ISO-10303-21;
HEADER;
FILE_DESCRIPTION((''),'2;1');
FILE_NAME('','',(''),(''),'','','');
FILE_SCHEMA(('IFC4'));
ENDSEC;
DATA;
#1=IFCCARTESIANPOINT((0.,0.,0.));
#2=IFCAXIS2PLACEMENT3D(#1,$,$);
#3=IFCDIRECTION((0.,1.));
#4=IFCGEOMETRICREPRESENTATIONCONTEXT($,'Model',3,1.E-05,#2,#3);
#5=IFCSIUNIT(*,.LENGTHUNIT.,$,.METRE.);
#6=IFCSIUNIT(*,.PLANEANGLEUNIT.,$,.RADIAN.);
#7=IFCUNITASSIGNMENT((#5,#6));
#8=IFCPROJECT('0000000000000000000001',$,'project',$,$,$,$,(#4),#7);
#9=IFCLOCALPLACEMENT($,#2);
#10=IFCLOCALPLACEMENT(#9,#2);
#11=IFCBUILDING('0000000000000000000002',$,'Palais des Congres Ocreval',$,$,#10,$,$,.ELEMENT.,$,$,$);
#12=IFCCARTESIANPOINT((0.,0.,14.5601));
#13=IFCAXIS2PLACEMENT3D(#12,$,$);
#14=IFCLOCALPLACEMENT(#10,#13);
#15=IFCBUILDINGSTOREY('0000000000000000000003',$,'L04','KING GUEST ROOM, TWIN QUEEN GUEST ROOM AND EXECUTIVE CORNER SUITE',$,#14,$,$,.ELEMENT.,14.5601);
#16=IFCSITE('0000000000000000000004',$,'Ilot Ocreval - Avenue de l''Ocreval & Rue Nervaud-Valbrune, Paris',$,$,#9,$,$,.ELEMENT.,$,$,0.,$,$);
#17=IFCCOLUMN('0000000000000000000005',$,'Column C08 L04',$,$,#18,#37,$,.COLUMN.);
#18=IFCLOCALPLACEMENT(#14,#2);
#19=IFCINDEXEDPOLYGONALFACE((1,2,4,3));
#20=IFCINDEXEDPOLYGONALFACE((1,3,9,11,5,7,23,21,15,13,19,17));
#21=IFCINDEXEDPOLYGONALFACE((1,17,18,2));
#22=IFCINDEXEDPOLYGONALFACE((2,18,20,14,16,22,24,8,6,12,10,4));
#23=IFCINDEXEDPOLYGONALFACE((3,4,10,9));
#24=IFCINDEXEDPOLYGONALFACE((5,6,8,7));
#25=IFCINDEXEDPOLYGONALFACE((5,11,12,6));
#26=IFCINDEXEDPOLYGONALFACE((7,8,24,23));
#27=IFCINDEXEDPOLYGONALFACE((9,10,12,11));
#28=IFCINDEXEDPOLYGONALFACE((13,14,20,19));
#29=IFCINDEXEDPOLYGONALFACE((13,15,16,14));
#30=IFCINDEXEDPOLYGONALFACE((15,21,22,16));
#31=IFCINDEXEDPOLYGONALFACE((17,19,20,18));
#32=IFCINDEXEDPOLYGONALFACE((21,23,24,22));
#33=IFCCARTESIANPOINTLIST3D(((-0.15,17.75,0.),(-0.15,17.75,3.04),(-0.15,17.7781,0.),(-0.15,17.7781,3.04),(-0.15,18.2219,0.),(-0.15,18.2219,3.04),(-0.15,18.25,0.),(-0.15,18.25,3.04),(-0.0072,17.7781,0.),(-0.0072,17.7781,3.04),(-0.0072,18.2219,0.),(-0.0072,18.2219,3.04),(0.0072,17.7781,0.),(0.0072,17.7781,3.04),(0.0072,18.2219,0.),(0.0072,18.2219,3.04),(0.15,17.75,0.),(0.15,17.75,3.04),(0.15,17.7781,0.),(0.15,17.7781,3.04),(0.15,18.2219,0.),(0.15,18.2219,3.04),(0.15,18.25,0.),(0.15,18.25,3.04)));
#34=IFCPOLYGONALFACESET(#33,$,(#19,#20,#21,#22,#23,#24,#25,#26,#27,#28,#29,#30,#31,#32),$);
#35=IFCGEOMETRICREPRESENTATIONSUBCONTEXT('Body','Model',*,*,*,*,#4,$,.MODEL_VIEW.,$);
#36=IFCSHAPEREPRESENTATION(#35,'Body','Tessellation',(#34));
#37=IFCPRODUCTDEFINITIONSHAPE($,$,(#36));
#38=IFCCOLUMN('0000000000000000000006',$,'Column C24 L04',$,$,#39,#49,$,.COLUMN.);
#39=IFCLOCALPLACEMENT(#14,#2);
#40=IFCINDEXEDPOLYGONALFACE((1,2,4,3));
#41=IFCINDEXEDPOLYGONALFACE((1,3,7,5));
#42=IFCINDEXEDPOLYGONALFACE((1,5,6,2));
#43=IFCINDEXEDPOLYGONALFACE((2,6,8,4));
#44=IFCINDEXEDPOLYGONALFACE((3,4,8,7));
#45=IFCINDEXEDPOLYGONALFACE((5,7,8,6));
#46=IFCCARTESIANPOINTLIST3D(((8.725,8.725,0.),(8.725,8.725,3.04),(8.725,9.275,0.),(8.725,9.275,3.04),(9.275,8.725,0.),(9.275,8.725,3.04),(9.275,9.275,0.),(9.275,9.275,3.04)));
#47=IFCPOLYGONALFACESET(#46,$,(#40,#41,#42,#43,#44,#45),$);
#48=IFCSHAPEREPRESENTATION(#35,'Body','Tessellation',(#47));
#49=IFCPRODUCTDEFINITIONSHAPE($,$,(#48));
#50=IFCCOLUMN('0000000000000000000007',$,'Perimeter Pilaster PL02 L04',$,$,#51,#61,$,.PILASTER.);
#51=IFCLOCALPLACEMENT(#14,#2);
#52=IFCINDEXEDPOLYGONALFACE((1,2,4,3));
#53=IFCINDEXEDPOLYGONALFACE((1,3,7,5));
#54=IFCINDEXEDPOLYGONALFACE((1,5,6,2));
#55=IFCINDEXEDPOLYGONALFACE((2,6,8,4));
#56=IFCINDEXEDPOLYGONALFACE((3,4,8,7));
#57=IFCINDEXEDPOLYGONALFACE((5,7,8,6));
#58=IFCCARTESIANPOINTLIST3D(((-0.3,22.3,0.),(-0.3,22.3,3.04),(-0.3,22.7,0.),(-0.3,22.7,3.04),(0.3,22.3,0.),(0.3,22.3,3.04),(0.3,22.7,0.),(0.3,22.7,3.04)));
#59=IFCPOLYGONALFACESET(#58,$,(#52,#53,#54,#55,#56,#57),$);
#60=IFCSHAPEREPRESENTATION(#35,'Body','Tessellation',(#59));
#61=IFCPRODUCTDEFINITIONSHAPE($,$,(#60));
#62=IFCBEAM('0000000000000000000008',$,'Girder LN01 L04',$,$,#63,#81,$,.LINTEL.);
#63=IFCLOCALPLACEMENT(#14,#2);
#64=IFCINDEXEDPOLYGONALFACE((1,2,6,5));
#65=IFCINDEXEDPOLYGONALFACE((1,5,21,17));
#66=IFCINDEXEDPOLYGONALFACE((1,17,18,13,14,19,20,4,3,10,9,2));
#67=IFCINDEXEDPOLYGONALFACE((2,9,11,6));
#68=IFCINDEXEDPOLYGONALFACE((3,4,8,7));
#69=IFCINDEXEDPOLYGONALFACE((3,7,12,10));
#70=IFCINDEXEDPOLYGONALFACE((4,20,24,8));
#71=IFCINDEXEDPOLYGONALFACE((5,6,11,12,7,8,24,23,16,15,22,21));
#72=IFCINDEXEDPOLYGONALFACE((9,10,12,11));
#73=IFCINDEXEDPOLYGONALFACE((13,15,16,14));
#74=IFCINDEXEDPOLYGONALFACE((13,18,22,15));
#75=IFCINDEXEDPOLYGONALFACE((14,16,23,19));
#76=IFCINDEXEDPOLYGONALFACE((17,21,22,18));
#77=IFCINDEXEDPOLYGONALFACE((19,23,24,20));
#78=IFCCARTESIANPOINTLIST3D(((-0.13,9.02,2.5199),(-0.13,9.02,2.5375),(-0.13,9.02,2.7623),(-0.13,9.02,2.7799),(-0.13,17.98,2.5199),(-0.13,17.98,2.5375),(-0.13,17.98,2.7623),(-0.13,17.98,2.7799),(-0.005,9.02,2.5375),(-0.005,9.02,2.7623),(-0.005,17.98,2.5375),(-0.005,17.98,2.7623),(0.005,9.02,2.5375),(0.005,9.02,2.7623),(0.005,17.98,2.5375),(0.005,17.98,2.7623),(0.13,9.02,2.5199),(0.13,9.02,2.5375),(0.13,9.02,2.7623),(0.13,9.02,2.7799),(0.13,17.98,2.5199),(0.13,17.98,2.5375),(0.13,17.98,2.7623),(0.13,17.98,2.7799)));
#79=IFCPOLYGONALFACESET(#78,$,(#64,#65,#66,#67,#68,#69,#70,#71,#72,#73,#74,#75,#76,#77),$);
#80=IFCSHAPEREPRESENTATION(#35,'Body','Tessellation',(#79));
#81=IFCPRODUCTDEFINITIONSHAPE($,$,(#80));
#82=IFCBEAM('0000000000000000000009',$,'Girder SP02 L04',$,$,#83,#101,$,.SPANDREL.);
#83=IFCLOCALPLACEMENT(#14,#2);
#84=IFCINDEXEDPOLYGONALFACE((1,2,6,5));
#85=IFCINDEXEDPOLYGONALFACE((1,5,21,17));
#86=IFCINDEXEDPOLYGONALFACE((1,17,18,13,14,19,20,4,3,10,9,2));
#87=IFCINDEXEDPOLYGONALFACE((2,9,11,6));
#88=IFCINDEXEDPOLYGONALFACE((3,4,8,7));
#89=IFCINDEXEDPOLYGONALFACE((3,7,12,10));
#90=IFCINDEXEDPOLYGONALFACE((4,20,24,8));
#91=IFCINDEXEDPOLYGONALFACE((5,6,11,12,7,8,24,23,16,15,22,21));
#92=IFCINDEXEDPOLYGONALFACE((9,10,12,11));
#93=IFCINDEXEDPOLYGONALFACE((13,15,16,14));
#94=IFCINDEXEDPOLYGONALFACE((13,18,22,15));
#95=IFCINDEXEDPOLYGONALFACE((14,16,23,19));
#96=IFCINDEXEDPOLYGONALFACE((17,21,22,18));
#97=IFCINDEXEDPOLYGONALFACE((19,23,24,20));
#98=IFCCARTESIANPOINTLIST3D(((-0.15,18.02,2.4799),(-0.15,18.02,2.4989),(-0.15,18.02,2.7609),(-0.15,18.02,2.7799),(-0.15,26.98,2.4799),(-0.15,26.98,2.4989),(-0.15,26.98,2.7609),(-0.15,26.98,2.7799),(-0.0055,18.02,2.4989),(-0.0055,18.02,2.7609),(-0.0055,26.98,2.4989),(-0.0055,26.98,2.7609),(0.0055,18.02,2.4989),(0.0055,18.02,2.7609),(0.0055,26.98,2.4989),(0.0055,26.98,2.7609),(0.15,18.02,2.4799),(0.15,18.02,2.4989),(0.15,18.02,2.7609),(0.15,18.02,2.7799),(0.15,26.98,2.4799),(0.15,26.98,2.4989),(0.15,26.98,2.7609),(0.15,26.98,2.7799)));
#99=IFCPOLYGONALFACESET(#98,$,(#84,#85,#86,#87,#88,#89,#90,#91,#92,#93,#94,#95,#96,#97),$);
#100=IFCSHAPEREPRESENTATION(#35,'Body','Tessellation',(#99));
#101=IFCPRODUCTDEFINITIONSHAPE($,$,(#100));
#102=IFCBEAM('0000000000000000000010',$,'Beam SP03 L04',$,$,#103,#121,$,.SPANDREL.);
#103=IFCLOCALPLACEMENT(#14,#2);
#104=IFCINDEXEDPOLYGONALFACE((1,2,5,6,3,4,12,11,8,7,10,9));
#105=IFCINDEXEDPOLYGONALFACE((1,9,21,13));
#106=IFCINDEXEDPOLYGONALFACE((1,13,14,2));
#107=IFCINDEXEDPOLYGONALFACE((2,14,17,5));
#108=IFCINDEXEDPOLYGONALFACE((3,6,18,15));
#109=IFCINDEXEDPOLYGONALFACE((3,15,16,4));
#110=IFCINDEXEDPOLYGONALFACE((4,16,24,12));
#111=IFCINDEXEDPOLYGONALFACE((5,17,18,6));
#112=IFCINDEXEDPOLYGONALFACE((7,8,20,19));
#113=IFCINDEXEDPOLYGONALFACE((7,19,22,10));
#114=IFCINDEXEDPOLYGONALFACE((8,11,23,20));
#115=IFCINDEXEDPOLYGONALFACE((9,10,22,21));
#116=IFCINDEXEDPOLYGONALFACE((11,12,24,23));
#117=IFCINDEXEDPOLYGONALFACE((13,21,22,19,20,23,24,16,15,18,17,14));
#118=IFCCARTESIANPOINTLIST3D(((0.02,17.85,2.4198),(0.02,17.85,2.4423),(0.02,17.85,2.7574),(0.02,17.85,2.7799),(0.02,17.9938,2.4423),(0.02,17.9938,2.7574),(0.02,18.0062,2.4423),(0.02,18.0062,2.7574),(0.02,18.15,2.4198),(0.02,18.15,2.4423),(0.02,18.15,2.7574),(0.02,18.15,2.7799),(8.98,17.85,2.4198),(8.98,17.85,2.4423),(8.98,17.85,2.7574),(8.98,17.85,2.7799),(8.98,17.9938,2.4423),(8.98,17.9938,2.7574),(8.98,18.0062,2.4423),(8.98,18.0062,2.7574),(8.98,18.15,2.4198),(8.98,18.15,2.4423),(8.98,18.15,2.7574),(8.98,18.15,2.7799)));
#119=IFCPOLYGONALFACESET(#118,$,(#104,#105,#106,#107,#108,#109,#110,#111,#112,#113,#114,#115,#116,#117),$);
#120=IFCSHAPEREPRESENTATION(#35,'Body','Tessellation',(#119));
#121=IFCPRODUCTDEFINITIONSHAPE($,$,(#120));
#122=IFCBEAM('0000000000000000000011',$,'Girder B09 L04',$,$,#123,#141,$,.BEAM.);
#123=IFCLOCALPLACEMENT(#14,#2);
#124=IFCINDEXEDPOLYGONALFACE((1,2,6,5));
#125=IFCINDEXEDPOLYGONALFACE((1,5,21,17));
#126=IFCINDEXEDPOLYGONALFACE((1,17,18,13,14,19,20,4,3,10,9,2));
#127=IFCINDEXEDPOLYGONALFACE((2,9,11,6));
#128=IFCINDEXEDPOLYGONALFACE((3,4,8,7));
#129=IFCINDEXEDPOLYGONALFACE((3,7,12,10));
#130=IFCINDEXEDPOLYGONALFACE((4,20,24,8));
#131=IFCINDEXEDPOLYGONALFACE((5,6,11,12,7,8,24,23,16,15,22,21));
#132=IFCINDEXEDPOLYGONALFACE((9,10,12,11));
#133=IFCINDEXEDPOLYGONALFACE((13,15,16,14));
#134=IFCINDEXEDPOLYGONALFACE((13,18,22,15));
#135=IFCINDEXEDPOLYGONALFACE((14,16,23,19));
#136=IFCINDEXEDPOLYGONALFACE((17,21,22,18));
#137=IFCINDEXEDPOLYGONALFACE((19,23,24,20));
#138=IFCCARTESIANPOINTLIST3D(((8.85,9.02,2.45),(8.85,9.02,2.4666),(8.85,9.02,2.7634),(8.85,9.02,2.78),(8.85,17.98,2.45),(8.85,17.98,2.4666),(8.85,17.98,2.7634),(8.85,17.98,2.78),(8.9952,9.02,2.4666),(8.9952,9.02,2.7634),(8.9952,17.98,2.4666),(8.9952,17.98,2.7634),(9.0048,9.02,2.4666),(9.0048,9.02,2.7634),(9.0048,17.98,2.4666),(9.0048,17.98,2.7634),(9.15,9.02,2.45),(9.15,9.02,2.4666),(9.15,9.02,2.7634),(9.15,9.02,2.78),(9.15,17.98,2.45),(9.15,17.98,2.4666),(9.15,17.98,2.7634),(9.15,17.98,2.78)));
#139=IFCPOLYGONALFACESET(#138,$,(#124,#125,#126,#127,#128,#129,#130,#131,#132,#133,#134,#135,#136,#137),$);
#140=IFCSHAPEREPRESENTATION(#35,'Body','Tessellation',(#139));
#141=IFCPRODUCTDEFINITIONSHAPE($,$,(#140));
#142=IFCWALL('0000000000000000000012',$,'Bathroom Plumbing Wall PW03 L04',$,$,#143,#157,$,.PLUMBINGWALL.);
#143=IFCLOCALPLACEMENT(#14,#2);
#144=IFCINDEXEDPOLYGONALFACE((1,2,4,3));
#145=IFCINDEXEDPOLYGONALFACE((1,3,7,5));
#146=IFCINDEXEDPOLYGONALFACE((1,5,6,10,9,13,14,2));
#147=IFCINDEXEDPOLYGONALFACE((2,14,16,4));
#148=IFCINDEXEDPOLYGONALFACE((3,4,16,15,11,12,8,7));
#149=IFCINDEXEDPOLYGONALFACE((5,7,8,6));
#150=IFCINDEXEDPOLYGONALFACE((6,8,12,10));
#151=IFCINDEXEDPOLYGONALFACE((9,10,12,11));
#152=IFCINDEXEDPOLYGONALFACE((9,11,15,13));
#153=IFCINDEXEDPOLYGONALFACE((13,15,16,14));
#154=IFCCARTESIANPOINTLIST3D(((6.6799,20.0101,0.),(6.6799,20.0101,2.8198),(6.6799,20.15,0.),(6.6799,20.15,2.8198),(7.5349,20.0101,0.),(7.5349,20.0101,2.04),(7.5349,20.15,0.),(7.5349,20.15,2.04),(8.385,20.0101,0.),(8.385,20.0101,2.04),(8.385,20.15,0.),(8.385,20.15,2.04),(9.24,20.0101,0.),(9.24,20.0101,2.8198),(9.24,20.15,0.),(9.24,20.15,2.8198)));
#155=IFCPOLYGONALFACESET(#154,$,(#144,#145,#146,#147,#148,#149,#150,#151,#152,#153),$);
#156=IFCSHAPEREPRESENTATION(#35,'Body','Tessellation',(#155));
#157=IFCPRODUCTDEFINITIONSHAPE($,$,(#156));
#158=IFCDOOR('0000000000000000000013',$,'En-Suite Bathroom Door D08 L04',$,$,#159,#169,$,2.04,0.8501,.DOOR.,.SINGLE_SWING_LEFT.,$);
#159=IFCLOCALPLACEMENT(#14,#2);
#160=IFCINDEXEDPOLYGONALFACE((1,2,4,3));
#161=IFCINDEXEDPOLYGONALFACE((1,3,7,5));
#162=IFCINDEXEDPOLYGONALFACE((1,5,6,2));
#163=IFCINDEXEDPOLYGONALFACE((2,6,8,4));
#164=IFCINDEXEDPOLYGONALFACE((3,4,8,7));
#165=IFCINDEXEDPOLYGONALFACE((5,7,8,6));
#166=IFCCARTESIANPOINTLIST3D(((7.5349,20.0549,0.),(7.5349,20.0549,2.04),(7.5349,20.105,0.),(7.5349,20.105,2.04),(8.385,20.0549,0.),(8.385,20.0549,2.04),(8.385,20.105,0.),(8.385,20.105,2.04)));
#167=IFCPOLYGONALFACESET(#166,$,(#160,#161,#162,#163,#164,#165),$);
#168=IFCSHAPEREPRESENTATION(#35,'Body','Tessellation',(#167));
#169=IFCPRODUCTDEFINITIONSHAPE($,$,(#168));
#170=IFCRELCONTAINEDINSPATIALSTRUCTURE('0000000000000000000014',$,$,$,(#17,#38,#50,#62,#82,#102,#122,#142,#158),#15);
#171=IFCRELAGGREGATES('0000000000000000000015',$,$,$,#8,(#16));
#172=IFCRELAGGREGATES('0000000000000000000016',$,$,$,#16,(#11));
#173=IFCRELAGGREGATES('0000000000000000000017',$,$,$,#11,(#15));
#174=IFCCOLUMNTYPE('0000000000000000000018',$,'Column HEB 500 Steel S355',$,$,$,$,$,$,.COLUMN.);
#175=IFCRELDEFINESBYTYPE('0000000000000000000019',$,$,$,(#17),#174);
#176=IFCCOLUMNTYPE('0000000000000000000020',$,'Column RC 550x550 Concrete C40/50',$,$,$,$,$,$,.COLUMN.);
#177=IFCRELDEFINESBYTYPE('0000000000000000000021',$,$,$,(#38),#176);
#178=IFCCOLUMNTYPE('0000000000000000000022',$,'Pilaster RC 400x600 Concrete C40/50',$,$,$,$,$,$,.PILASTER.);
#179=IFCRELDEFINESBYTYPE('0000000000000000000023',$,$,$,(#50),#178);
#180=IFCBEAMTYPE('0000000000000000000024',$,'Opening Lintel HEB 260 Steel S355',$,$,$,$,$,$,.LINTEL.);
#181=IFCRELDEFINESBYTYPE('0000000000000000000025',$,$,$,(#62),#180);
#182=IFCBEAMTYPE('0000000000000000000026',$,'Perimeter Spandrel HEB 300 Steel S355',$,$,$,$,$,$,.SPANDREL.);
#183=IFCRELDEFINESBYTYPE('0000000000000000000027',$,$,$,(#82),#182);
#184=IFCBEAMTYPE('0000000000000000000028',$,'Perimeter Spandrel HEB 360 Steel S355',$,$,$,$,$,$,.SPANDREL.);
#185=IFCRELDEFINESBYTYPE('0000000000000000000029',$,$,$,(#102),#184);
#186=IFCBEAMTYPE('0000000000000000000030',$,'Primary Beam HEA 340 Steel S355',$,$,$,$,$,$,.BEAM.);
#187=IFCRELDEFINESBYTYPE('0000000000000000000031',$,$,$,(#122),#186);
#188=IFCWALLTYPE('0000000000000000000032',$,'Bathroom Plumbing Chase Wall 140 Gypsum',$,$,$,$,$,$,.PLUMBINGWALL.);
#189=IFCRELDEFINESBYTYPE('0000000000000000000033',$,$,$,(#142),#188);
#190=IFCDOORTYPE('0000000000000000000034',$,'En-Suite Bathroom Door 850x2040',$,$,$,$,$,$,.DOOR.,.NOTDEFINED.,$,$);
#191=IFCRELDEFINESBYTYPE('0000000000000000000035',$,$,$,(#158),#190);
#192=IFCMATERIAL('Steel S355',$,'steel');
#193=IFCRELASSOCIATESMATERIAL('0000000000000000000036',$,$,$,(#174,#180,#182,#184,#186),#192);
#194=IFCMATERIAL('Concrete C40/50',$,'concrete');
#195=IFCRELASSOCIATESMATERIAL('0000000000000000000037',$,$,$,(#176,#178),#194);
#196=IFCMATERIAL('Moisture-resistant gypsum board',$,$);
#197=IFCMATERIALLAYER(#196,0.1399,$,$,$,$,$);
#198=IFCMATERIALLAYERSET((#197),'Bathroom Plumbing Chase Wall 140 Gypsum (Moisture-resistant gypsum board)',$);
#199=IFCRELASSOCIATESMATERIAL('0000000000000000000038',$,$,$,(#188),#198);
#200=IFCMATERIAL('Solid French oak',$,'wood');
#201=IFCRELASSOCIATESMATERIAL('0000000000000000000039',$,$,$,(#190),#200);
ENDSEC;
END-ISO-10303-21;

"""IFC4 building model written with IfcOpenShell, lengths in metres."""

from ifc_helpers import new_model, si_unit, direction, frame, frame_2d, origin, origin_2d, place, context, subcontext, project, spatial, rectangle, i_section, extrude, material, layer, layer_set, material_profile, profile_set, type_object, element, fill, save


model = new_model("IFC4")

# Units and contexts
model_context = context("Model", 3, precision=1e-05, world=origin(), true_north=direction((0.0, 1.0)))
body_context = subcontext(model_context, "Body", "Model", "MODEL_VIEW")
ifc_project = project(units=[si_unit("LENGTHUNIT", "METRE"), si_unit("PLANEANGLEUNIT", "RADIAN")], contexts=[model_context])

# Site, building, storey
site_placement = place(None, origin())
site = spatial("IfcSite", under=ifc_project, at=site_placement, Name="Ilot Ocreval - Avenue de l'Ocreval & Rue Nervaud-Valbrune, Paris", CompositionType="ELEMENT", RefElevation=0.0)
building_placement = place(site_placement, origin())
building = spatial("IfcBuilding", under=site, at=building_placement, Name="Palais des Congres Ocreval", CompositionType="ELEMENT")
storey_placement = place(building_placement, frame((0.0, 0.0, 14.5601)))
storey = spatial("IfcBuildingStorey", under=building, at=storey_placement, Name="L04", Description="KING GUEST ROOM, TWIN QUEEN GUEST ROOM AND EXECUTIVE CORNER SUITE", CompositionType="ELEMENT", Elevation=14.5601)

# Columns
ifc_material_1 = material(Name="Steel S355", Category="steel")
ifc_material_profile_1 = material_profile(ifc_material_1, i_section(OverallWidth=0.3, OverallDepth=0.5, WebThickness=0.0144, FlangeThickness=0.0281, at=origin_2d()), Name="HEB 500")
ifc_profile_set_1 = profile_set([ifc_material_profile_1], Name="Steel S355")
column_type_1 = type_object("IfcColumnType", Name="Column HEB 500 Steel S355", PredefinedType="COLUMN", material=ifc_profile_set_1)
column_1_placement = place(storey_placement, frame((0.0, 18.0, 0.0), z_axis=(0.0, 0.0, 1.0), x_axis=(1.0, 0.0, 0.0)))
element("IfcColumn", 1, at=column_1_placement, inside=storey, type_object=column_type_1, Name="Column C08 L04", PredefinedType="COLUMN", context=body_context, shape_type="SweptSolid", body=[
    extrude(i_section(OverallWidth=0.3, OverallDepth=0.5, WebThickness=0.0144, FlangeThickness=0.0281, at=origin_2d()), origin(), (0.0, 0.0, 1.0), 3.04),
])
ifc_material_2 = material(Name="Concrete C40/50", Category="concrete")
ifc_material_profile_2 = material_profile(ifc_material_2, rectangle(XDim=0.55, YDim=0.55, at=origin_2d()), Name="RC 550x550")
ifc_profile_set_2 = profile_set([ifc_material_profile_2], Name="Concrete C40/50")
column_type_2 = type_object("IfcColumnType", Name="Column RC 550x550 Concrete C40/50", PredefinedType="COLUMN", material=ifc_profile_set_2)
column_2_placement = place(storey_placement, frame((9.0, 9.0, 0.0), z_axis=(0.0, 0.0, 1.0), x_axis=(1.0, 0.0, 0.0)))
element("IfcColumn", 2, at=column_2_placement, inside=storey, type_object=column_type_2, Name="Column C24 L04", PredefinedType="COLUMN", context=body_context, shape_type="SweptSolid", body=[
    extrude(rectangle(XDim=0.55, YDim=0.55, at=origin_2d()), origin(), (0.0, 0.0, 1.0), 3.04),
])
ifc_material_profile_3 = material_profile(ifc_material_2, rectangle(XDim=0.3999, YDim=0.6001, at=origin_2d()), Name="RC 400x600")
ifc_profile_set_3 = profile_set([ifc_material_profile_3], Name="Concrete C40/50")
column_type_3 = type_object("IfcColumnType", Name="Pilaster RC 400x600 Concrete C40/50", PredefinedType="PILASTER", material=ifc_profile_set_3)
column_3_placement = place(storey_placement, frame((0.0, 22.5, 0.0), z_axis=(0.0, 0.0, 1.0), x_axis=(0.0, 1.0, 0.0)))
element("IfcColumn", 3, at=column_3_placement, inside=storey, type_object=column_type_3, Name="Perimeter Pilaster PL02 L04", PredefinedType="PILASTER", context=body_context, shape_type="SweptSolid", body=[
    extrude(rectangle(XDim=0.3999, YDim=0.6001, at=origin_2d()), origin(), (0.0, 0.0, 1.0), 3.04),
])

# Beams
ifc_material_profile_4 = material_profile(ifc_material_1, i_section(OverallWidth=0.26, OverallDepth=0.26, WebThickness=0.01, FlangeThickness=0.0176, at=origin_2d()), Name="HEB 260")
ifc_profile_set_4 = profile_set([ifc_material_profile_4], Name="Steel S355")
beam_type_1 = type_object("IfcBeamType", Name="Opening Lintel HEB 260 Steel S355", PredefinedType="LINTEL", material=ifc_profile_set_4)
beam_1_placement = place(storey_placement, frame((0.0, 9.02, 2.6499), z_axis=(0.0, 1.0, 0.0), x_axis=(-1.0, 0.0, 0.0)))
element("IfcBeam", 4, at=beam_1_placement, inside=storey, type_object=beam_type_1, Name="Girder LN01 L04", PredefinedType="LINTEL", context=body_context, shape_type="SweptSolid", body=[
    extrude(i_section(OverallWidth=0.26, OverallDepth=0.26, WebThickness=0.01, FlangeThickness=0.0176, at=origin_2d()), origin(), (0.0, 0.0, 1.0), 8.96),
])
ifc_material_profile_5 = material_profile(ifc_material_1, i_section(OverallWidth=0.3, OverallDepth=0.3, WebThickness=0.011, FlangeThickness=0.019, at=origin_2d()), Name="HEB 300")
ifc_profile_set_5 = profile_set([ifc_material_profile_5], Name="Steel S355")
beam_type_2 = type_object("IfcBeamType", Name="Perimeter Spandrel HEB 300 Steel S355", PredefinedType="SPANDREL", material=ifc_profile_set_5)
beam_2_placement = place(storey_placement, frame((0.0, 18.02, 2.6299), z_axis=(0.0, 1.0, 0.0), x_axis=(-1.0, 0.0, 0.0)))
element("IfcBeam", 5, at=beam_2_placement, inside=storey, type_object=beam_type_2, Name="Girder SP02 L04", PredefinedType="SPANDREL", context=body_context, shape_type="SweptSolid", body=[
    extrude(i_section(OverallWidth=0.3, OverallDepth=0.3, WebThickness=0.011, FlangeThickness=0.019, at=origin_2d()), origin(), (0.0, 0.0, 1.0), 8.96),
])
ifc_material_profile_6 = material_profile(ifc_material_1, i_section(OverallWidth=0.3, OverallDepth=0.3601, WebThickness=0.0125, FlangeThickness=0.0225, at=origin_2d()), Name="HEB 360")
ifc_profile_set_6 = profile_set([ifc_material_profile_6], Name="Steel S355")
beam_type_3 = type_object("IfcBeamType", Name="Perimeter Spandrel HEB 360 Steel S355", PredefinedType="SPANDREL", material=ifc_profile_set_6)
beam_3_placement = place(storey_placement, frame((0.02, 18.0, 2.5999), z_axis=(1.0, 0.0, 0.0), x_axis=(0.0, 1.0, 0.0)))
element("IfcBeam", 6, at=beam_3_placement, inside=storey, type_object=beam_type_3, Name="Beam SP03 L04", PredefinedType="SPANDREL", context=body_context, shape_type="SweptSolid", body=[
    extrude(i_section(OverallWidth=0.3, OverallDepth=0.3601, WebThickness=0.0125, FlangeThickness=0.0225, at=origin_2d()), origin(), (0.0, 0.0, 1.0), 8.96),
])
ifc_material_profile_7 = material_profile(ifc_material_1, i_section(OverallWidth=0.3, OverallDepth=0.3301, WebThickness=0.0095, FlangeThickness=0.0166, at=origin_2d()), Name="HEA 340")
ifc_profile_set_7 = profile_set([ifc_material_profile_7], Name="Steel S355")
beam_type_4 = type_object("IfcBeamType", Name="Primary Beam HEA 340 Steel S355", PredefinedType="BEAM", material=ifc_profile_set_7)
beam_4_placement = place(storey_placement, frame((9.0, 9.02, 2.615), z_axis=(0.0, 1.0, 0.0), x_axis=(-1.0, 0.0, 0.0)))
element("IfcBeam", 7, at=beam_4_placement, inside=storey, type_object=beam_type_4, Name="Girder B09 L04", PredefinedType="BEAM", context=body_context, shape_type="SweptSolid", body=[
    extrude(i_section(OverallWidth=0.3, OverallDepth=0.3301, WebThickness=0.0095, FlangeThickness=0.0166, at=origin_2d()), origin(), (0.0, 0.0, 1.0), 8.96),
])

# Wall, opening, door
ifc_material_3 = material(Name="Moisture-resistant gypsum board")
ifc_layer_1 = layer(ifc_material_3, 0.1399)
ifc_layer_set_1 = layer_set([ifc_layer_1], Name="Bathroom Plumbing Chase Wall 140 Gypsum (Moisture-resistant gypsum board)")
wall_type_1 = type_object("IfcWallType", Name="Bathroom Plumbing Chase Wall 140 Gypsum", PredefinedType="PLUMBINGWALL", material=ifc_layer_set_1)
wall_1_placement = place(storey_placement, frame((6.6799, 20.0801, 0.0), z_axis=(0.0, 0.0, 1.0), x_axis=(1.0, 0.0, 0.0)))
wall_1 = element("IfcWall", 8, at=wall_1_placement, inside=storey, type_object=wall_type_1, Name="Bathroom Plumbing Wall PW03 L04", PredefinedType="PLUMBINGWALL", context=body_context, shape_type="SweptSolid", body=[
    extrude(rectangle(XDim=2.5601, YDim=0.1399, at=frame_2d((1.28, 0.0))), origin(), (0.0, 0.0, 1.0), 2.8198),
])
opening_1_placement = place(wall_1_placement, frame((0.855, 0.0, 0.0)))
opening_1 = element("IfcOpeningElement", 9, at=opening_1_placement, cuts=wall_1, PredefinedType="OPENING", context=body_context, shape_type="SweptSolid", body=[
    extrude(rectangle(XDim=0.8501, YDim=2.04, at=frame_2d((0.425, 1.02))), frame((0.0, 0.0798, 0.0), z_axis=(0.0, -1.0, 0.0), x_axis=(1.0, 0.0, 0.0)), (0.0, 0.0, 1.0), 0.1599),
])
ifc_material_4 = material(Name="Solid French oak", Category="wood")
door_type_1 = type_object("IfcDoorType", Name="En-Suite Bathroom Door 850x2040", OperationType="NOTDEFINED", PredefinedType="DOOR", material=ifc_material_4)
door_1_placement = place(opening_1_placement, origin())
door_1 = element("IfcDoor", 10, at=door_1_placement, inside=storey, type_object=door_type_1, Name="En-Suite Bathroom Door D08 L04", OperationType="SINGLE_SWING_LEFT", OverallHeight=2.04, OverallWidth=0.8501, PredefinedType="DOOR", context=body_context, shape_type="SweptSolid", body=[
    extrude(rectangle(XDim=0.8501, YDim=2.04, at=frame_2d((0.425, 1.02))), frame((0.0, 0.0249, 0.0), z_axis=(0.0, -1.0, 0.0), x_axis=(1.0, 0.0, 0.0)), (0.0, 0.0, 1.0), 0.05),
])
fill(opening_1, door_1)

save(model, "model.ifc")
